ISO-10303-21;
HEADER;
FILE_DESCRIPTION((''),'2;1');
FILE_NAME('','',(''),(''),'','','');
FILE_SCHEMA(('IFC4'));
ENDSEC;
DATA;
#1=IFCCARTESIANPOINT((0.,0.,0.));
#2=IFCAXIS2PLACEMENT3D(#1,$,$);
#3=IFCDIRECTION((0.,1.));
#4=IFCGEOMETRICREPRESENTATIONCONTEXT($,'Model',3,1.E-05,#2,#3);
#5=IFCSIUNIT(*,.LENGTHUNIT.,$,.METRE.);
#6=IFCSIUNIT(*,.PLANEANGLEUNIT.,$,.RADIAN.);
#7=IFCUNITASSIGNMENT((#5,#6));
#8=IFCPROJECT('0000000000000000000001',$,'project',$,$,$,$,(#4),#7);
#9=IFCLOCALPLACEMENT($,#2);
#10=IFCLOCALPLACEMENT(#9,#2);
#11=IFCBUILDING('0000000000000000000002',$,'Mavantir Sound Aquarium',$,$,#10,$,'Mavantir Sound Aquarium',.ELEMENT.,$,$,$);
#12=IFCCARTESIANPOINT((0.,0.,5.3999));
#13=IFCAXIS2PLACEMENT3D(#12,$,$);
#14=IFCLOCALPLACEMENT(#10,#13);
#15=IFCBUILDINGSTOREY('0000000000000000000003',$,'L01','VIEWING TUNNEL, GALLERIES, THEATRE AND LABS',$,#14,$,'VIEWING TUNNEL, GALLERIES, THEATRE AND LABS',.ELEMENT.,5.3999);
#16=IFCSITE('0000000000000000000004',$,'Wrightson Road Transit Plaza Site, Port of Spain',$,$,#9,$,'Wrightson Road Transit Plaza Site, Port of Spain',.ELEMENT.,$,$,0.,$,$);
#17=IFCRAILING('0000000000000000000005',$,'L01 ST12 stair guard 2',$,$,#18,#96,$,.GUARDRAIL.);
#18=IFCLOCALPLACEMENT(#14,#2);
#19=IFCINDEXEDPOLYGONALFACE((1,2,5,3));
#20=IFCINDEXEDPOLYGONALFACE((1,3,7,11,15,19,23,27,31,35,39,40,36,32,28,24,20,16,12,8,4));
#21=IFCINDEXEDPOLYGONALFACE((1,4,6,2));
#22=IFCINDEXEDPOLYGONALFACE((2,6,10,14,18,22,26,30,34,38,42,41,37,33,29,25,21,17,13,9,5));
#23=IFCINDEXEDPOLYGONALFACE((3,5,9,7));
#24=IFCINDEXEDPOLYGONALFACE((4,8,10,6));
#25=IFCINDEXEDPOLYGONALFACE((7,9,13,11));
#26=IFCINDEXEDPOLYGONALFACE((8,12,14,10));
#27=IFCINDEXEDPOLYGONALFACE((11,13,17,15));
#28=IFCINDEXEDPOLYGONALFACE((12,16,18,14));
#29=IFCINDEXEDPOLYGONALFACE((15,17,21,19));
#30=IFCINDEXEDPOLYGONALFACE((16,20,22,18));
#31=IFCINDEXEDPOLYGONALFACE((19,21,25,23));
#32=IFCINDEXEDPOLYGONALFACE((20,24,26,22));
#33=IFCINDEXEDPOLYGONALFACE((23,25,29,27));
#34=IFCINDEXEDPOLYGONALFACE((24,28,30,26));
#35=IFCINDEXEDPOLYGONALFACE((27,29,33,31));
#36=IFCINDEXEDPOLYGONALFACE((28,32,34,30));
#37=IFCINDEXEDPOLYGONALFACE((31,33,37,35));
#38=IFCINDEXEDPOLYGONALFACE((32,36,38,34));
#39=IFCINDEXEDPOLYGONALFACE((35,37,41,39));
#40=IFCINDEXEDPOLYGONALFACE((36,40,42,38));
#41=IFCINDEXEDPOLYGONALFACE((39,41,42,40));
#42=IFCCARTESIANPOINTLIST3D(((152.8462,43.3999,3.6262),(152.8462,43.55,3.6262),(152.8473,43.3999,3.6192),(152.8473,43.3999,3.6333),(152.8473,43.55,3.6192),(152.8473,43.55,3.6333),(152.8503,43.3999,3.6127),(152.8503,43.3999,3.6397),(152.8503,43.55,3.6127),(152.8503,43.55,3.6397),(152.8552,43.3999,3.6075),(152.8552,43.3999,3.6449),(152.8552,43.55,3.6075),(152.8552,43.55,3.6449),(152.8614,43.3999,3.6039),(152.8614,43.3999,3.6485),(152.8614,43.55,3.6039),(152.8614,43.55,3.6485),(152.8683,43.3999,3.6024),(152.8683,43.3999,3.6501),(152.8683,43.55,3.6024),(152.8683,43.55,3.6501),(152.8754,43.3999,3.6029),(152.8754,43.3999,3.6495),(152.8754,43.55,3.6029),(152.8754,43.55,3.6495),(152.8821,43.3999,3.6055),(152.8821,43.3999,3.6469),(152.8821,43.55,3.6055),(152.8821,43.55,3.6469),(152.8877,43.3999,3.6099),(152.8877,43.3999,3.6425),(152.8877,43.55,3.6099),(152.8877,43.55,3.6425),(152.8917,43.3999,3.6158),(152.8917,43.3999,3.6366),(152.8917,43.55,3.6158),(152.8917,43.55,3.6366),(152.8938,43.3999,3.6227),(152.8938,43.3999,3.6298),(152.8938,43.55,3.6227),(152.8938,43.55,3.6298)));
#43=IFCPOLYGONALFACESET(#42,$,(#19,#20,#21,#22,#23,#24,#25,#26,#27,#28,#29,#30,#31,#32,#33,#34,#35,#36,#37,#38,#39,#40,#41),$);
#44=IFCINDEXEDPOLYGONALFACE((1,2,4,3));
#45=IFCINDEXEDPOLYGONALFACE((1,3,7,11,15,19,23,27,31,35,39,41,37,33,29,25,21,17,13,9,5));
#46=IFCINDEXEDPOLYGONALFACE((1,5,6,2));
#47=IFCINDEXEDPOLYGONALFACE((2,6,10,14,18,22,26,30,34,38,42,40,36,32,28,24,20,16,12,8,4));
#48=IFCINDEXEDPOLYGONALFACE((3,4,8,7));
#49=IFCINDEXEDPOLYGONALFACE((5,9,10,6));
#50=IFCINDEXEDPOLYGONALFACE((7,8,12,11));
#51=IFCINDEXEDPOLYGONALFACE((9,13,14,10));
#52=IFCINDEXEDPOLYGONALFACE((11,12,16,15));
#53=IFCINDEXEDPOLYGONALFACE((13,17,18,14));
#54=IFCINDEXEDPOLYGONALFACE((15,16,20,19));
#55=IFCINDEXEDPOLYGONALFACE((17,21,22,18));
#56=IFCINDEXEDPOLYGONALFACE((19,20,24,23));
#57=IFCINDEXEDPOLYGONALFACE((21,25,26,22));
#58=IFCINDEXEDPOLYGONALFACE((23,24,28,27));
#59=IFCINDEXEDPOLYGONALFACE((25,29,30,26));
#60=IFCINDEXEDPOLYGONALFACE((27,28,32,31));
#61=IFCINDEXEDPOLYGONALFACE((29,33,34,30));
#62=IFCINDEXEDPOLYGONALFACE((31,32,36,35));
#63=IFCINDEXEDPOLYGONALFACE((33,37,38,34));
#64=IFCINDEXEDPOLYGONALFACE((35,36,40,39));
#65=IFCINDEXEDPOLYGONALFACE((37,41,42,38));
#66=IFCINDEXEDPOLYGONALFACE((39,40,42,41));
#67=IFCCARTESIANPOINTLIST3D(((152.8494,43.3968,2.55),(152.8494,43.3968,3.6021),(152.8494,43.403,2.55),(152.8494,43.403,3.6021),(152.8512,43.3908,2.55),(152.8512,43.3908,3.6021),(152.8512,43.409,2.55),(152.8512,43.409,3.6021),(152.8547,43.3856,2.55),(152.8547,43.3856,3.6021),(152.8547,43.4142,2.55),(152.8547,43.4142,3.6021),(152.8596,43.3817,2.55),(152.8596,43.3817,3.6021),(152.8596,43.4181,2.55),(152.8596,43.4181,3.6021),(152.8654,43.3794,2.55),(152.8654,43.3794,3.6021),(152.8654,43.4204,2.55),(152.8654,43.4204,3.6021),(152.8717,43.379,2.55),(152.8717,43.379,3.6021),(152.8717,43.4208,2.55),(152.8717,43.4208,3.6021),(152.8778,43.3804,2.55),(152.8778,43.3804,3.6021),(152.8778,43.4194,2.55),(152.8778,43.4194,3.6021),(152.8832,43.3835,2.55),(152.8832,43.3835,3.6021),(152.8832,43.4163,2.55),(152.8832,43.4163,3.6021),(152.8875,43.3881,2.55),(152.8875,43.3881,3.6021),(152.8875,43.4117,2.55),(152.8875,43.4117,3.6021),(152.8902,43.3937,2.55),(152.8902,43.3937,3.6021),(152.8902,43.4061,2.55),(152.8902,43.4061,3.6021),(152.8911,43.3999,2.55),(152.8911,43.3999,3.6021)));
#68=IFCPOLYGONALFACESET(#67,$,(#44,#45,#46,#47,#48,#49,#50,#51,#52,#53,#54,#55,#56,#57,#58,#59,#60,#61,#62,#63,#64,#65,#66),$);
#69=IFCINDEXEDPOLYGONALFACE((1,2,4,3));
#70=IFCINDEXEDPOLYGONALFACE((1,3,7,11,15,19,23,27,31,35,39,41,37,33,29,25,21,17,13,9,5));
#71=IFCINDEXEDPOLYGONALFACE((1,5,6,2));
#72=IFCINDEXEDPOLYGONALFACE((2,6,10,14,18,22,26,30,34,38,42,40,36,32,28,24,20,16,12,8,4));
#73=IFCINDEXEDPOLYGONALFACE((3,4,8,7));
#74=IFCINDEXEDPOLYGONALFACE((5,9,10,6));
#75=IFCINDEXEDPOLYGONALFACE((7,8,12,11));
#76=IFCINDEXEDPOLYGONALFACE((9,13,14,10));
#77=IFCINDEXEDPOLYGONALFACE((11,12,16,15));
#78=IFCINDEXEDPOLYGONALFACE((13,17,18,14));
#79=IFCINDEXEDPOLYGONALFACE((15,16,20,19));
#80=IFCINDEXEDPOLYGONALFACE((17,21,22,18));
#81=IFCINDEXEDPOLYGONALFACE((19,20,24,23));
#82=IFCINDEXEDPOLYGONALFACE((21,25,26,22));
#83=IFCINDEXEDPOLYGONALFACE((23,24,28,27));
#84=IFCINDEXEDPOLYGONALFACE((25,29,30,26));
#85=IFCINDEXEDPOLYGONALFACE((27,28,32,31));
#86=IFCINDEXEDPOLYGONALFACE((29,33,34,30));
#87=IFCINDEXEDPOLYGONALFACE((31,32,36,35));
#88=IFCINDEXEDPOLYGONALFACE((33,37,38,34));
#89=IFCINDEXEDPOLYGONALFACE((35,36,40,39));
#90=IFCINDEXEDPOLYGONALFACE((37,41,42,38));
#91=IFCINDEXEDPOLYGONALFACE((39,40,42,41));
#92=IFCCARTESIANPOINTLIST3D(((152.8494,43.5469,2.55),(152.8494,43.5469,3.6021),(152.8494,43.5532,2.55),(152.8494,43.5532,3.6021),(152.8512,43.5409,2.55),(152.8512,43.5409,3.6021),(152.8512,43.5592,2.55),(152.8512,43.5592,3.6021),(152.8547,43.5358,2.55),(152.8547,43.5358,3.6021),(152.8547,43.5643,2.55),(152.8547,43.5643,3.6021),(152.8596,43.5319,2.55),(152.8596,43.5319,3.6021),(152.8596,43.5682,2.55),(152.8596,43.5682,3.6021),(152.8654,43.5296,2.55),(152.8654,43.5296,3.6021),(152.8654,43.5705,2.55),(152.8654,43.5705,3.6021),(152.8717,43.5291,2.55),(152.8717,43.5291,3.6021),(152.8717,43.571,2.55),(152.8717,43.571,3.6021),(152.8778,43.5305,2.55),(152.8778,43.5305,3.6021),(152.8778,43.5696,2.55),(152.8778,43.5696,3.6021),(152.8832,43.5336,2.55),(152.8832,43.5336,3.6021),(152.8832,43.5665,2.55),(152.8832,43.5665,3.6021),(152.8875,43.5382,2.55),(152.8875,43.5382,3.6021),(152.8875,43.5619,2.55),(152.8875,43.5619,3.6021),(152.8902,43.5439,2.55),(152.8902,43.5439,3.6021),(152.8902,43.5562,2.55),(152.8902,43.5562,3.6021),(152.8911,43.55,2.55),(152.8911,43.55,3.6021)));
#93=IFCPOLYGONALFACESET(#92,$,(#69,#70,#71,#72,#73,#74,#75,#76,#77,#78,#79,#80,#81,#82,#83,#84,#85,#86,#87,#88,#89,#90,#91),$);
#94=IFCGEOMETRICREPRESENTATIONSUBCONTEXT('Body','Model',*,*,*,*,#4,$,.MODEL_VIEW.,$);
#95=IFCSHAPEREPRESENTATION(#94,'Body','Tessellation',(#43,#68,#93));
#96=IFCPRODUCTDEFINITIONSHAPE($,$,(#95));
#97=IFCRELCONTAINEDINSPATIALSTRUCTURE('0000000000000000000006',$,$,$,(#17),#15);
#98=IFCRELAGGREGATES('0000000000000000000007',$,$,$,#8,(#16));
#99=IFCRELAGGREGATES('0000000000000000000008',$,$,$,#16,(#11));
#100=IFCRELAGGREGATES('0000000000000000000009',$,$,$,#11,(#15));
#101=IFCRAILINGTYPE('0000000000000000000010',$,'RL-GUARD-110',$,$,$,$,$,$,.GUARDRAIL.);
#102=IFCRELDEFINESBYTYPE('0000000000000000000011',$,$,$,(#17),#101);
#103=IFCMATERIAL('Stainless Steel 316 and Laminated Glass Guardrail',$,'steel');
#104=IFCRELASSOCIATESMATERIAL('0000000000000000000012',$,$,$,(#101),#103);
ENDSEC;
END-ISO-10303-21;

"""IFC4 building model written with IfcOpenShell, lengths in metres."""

from ifc_helpers import new_model, si_unit, direction, frame, origin, origin_2d, place, context, subcontext, project, spatial, circle, extrude, material, type_object, element, save


model = new_model("IFC4")

# Units and contexts
model_context = context("Model", 3, precision=1e-05, world=origin(), true_north=direction((0.0, 1.0)))
body_context = subcontext(model_context, "Body", "Model", "MODEL_VIEW")
ifc_project = project(units=[si_unit("LENGTHUNIT", "METRE"), si_unit("PLANEANGLEUNIT", "RADIAN")], contexts=[model_context])

# Site, building, storey
site_placement = place(None, origin())
site = spatial("IfcSite", under=ifc_project, at=site_placement, Name="Wrightson Road Transit Plaza Site, Port of Spain", LongName="Wrightson Road Transit Plaza Site, Port of Spain", CompositionType="ELEMENT", RefElevation=0.0)
building_placement = place(site_placement, origin())
building = spatial("IfcBuilding", under=site, at=building_placement, Name="Mavantir Sound Aquarium", LongName="Mavantir Sound Aquarium", CompositionType="ELEMENT")
storey_placement = place(building_placement, frame((0.0, 0.0, 5.3999)))
storey = spatial("IfcBuildingStorey", under=building, at=storey_placement, Name="L01", Description="VIEWING TUNNEL, GALLERIES, THEATRE AND LABS", LongName="VIEWING TUNNEL, GALLERIES, THEATRE AND LABS", CompositionType="ELEMENT", Elevation=5.3999)

# Railing
ifc_material_1 = material(Name="Stainless Steel 316 and Laminated Glass Guardrail", Category="steel")
railing_type_1 = type_object("IfcRailingType", Name="RL-GUARD-110", PredefinedType="GUARDRAIL", material=ifc_material_1)
railing_1_placement = place(storey_placement, frame((152.8701, 43.3999, 2.55)))
element("IfcRailing", 1, at=railing_1_placement, inside=storey, type_object=railing_type_1, Name="L01 ST12 stair guard 2", PredefinedType="GUARDRAIL", context=body_context, shape_type="SweptSolid", body=[
    extrude(circle(Radius=0.0239, at=origin_2d()), frame((0.0, 0.0, 1.0762), z_axis=(0.0, 1.0, 0.0), x_axis=(-1.0, 0.0, 0.0)), (0.0, 0.0, 1.0), 0.1501),
    extrude(circle(Radius=0.021, at=origin_2d()), origin(), (0.0, 0.0, 1.0), 1.052),
    extrude(circle(Radius=0.021, at=origin_2d()), frame((0.0, 0.1501, 0.0)), (0.0, 0.0, 1.0), 1.052),
])

save(model, "model.ifc")
